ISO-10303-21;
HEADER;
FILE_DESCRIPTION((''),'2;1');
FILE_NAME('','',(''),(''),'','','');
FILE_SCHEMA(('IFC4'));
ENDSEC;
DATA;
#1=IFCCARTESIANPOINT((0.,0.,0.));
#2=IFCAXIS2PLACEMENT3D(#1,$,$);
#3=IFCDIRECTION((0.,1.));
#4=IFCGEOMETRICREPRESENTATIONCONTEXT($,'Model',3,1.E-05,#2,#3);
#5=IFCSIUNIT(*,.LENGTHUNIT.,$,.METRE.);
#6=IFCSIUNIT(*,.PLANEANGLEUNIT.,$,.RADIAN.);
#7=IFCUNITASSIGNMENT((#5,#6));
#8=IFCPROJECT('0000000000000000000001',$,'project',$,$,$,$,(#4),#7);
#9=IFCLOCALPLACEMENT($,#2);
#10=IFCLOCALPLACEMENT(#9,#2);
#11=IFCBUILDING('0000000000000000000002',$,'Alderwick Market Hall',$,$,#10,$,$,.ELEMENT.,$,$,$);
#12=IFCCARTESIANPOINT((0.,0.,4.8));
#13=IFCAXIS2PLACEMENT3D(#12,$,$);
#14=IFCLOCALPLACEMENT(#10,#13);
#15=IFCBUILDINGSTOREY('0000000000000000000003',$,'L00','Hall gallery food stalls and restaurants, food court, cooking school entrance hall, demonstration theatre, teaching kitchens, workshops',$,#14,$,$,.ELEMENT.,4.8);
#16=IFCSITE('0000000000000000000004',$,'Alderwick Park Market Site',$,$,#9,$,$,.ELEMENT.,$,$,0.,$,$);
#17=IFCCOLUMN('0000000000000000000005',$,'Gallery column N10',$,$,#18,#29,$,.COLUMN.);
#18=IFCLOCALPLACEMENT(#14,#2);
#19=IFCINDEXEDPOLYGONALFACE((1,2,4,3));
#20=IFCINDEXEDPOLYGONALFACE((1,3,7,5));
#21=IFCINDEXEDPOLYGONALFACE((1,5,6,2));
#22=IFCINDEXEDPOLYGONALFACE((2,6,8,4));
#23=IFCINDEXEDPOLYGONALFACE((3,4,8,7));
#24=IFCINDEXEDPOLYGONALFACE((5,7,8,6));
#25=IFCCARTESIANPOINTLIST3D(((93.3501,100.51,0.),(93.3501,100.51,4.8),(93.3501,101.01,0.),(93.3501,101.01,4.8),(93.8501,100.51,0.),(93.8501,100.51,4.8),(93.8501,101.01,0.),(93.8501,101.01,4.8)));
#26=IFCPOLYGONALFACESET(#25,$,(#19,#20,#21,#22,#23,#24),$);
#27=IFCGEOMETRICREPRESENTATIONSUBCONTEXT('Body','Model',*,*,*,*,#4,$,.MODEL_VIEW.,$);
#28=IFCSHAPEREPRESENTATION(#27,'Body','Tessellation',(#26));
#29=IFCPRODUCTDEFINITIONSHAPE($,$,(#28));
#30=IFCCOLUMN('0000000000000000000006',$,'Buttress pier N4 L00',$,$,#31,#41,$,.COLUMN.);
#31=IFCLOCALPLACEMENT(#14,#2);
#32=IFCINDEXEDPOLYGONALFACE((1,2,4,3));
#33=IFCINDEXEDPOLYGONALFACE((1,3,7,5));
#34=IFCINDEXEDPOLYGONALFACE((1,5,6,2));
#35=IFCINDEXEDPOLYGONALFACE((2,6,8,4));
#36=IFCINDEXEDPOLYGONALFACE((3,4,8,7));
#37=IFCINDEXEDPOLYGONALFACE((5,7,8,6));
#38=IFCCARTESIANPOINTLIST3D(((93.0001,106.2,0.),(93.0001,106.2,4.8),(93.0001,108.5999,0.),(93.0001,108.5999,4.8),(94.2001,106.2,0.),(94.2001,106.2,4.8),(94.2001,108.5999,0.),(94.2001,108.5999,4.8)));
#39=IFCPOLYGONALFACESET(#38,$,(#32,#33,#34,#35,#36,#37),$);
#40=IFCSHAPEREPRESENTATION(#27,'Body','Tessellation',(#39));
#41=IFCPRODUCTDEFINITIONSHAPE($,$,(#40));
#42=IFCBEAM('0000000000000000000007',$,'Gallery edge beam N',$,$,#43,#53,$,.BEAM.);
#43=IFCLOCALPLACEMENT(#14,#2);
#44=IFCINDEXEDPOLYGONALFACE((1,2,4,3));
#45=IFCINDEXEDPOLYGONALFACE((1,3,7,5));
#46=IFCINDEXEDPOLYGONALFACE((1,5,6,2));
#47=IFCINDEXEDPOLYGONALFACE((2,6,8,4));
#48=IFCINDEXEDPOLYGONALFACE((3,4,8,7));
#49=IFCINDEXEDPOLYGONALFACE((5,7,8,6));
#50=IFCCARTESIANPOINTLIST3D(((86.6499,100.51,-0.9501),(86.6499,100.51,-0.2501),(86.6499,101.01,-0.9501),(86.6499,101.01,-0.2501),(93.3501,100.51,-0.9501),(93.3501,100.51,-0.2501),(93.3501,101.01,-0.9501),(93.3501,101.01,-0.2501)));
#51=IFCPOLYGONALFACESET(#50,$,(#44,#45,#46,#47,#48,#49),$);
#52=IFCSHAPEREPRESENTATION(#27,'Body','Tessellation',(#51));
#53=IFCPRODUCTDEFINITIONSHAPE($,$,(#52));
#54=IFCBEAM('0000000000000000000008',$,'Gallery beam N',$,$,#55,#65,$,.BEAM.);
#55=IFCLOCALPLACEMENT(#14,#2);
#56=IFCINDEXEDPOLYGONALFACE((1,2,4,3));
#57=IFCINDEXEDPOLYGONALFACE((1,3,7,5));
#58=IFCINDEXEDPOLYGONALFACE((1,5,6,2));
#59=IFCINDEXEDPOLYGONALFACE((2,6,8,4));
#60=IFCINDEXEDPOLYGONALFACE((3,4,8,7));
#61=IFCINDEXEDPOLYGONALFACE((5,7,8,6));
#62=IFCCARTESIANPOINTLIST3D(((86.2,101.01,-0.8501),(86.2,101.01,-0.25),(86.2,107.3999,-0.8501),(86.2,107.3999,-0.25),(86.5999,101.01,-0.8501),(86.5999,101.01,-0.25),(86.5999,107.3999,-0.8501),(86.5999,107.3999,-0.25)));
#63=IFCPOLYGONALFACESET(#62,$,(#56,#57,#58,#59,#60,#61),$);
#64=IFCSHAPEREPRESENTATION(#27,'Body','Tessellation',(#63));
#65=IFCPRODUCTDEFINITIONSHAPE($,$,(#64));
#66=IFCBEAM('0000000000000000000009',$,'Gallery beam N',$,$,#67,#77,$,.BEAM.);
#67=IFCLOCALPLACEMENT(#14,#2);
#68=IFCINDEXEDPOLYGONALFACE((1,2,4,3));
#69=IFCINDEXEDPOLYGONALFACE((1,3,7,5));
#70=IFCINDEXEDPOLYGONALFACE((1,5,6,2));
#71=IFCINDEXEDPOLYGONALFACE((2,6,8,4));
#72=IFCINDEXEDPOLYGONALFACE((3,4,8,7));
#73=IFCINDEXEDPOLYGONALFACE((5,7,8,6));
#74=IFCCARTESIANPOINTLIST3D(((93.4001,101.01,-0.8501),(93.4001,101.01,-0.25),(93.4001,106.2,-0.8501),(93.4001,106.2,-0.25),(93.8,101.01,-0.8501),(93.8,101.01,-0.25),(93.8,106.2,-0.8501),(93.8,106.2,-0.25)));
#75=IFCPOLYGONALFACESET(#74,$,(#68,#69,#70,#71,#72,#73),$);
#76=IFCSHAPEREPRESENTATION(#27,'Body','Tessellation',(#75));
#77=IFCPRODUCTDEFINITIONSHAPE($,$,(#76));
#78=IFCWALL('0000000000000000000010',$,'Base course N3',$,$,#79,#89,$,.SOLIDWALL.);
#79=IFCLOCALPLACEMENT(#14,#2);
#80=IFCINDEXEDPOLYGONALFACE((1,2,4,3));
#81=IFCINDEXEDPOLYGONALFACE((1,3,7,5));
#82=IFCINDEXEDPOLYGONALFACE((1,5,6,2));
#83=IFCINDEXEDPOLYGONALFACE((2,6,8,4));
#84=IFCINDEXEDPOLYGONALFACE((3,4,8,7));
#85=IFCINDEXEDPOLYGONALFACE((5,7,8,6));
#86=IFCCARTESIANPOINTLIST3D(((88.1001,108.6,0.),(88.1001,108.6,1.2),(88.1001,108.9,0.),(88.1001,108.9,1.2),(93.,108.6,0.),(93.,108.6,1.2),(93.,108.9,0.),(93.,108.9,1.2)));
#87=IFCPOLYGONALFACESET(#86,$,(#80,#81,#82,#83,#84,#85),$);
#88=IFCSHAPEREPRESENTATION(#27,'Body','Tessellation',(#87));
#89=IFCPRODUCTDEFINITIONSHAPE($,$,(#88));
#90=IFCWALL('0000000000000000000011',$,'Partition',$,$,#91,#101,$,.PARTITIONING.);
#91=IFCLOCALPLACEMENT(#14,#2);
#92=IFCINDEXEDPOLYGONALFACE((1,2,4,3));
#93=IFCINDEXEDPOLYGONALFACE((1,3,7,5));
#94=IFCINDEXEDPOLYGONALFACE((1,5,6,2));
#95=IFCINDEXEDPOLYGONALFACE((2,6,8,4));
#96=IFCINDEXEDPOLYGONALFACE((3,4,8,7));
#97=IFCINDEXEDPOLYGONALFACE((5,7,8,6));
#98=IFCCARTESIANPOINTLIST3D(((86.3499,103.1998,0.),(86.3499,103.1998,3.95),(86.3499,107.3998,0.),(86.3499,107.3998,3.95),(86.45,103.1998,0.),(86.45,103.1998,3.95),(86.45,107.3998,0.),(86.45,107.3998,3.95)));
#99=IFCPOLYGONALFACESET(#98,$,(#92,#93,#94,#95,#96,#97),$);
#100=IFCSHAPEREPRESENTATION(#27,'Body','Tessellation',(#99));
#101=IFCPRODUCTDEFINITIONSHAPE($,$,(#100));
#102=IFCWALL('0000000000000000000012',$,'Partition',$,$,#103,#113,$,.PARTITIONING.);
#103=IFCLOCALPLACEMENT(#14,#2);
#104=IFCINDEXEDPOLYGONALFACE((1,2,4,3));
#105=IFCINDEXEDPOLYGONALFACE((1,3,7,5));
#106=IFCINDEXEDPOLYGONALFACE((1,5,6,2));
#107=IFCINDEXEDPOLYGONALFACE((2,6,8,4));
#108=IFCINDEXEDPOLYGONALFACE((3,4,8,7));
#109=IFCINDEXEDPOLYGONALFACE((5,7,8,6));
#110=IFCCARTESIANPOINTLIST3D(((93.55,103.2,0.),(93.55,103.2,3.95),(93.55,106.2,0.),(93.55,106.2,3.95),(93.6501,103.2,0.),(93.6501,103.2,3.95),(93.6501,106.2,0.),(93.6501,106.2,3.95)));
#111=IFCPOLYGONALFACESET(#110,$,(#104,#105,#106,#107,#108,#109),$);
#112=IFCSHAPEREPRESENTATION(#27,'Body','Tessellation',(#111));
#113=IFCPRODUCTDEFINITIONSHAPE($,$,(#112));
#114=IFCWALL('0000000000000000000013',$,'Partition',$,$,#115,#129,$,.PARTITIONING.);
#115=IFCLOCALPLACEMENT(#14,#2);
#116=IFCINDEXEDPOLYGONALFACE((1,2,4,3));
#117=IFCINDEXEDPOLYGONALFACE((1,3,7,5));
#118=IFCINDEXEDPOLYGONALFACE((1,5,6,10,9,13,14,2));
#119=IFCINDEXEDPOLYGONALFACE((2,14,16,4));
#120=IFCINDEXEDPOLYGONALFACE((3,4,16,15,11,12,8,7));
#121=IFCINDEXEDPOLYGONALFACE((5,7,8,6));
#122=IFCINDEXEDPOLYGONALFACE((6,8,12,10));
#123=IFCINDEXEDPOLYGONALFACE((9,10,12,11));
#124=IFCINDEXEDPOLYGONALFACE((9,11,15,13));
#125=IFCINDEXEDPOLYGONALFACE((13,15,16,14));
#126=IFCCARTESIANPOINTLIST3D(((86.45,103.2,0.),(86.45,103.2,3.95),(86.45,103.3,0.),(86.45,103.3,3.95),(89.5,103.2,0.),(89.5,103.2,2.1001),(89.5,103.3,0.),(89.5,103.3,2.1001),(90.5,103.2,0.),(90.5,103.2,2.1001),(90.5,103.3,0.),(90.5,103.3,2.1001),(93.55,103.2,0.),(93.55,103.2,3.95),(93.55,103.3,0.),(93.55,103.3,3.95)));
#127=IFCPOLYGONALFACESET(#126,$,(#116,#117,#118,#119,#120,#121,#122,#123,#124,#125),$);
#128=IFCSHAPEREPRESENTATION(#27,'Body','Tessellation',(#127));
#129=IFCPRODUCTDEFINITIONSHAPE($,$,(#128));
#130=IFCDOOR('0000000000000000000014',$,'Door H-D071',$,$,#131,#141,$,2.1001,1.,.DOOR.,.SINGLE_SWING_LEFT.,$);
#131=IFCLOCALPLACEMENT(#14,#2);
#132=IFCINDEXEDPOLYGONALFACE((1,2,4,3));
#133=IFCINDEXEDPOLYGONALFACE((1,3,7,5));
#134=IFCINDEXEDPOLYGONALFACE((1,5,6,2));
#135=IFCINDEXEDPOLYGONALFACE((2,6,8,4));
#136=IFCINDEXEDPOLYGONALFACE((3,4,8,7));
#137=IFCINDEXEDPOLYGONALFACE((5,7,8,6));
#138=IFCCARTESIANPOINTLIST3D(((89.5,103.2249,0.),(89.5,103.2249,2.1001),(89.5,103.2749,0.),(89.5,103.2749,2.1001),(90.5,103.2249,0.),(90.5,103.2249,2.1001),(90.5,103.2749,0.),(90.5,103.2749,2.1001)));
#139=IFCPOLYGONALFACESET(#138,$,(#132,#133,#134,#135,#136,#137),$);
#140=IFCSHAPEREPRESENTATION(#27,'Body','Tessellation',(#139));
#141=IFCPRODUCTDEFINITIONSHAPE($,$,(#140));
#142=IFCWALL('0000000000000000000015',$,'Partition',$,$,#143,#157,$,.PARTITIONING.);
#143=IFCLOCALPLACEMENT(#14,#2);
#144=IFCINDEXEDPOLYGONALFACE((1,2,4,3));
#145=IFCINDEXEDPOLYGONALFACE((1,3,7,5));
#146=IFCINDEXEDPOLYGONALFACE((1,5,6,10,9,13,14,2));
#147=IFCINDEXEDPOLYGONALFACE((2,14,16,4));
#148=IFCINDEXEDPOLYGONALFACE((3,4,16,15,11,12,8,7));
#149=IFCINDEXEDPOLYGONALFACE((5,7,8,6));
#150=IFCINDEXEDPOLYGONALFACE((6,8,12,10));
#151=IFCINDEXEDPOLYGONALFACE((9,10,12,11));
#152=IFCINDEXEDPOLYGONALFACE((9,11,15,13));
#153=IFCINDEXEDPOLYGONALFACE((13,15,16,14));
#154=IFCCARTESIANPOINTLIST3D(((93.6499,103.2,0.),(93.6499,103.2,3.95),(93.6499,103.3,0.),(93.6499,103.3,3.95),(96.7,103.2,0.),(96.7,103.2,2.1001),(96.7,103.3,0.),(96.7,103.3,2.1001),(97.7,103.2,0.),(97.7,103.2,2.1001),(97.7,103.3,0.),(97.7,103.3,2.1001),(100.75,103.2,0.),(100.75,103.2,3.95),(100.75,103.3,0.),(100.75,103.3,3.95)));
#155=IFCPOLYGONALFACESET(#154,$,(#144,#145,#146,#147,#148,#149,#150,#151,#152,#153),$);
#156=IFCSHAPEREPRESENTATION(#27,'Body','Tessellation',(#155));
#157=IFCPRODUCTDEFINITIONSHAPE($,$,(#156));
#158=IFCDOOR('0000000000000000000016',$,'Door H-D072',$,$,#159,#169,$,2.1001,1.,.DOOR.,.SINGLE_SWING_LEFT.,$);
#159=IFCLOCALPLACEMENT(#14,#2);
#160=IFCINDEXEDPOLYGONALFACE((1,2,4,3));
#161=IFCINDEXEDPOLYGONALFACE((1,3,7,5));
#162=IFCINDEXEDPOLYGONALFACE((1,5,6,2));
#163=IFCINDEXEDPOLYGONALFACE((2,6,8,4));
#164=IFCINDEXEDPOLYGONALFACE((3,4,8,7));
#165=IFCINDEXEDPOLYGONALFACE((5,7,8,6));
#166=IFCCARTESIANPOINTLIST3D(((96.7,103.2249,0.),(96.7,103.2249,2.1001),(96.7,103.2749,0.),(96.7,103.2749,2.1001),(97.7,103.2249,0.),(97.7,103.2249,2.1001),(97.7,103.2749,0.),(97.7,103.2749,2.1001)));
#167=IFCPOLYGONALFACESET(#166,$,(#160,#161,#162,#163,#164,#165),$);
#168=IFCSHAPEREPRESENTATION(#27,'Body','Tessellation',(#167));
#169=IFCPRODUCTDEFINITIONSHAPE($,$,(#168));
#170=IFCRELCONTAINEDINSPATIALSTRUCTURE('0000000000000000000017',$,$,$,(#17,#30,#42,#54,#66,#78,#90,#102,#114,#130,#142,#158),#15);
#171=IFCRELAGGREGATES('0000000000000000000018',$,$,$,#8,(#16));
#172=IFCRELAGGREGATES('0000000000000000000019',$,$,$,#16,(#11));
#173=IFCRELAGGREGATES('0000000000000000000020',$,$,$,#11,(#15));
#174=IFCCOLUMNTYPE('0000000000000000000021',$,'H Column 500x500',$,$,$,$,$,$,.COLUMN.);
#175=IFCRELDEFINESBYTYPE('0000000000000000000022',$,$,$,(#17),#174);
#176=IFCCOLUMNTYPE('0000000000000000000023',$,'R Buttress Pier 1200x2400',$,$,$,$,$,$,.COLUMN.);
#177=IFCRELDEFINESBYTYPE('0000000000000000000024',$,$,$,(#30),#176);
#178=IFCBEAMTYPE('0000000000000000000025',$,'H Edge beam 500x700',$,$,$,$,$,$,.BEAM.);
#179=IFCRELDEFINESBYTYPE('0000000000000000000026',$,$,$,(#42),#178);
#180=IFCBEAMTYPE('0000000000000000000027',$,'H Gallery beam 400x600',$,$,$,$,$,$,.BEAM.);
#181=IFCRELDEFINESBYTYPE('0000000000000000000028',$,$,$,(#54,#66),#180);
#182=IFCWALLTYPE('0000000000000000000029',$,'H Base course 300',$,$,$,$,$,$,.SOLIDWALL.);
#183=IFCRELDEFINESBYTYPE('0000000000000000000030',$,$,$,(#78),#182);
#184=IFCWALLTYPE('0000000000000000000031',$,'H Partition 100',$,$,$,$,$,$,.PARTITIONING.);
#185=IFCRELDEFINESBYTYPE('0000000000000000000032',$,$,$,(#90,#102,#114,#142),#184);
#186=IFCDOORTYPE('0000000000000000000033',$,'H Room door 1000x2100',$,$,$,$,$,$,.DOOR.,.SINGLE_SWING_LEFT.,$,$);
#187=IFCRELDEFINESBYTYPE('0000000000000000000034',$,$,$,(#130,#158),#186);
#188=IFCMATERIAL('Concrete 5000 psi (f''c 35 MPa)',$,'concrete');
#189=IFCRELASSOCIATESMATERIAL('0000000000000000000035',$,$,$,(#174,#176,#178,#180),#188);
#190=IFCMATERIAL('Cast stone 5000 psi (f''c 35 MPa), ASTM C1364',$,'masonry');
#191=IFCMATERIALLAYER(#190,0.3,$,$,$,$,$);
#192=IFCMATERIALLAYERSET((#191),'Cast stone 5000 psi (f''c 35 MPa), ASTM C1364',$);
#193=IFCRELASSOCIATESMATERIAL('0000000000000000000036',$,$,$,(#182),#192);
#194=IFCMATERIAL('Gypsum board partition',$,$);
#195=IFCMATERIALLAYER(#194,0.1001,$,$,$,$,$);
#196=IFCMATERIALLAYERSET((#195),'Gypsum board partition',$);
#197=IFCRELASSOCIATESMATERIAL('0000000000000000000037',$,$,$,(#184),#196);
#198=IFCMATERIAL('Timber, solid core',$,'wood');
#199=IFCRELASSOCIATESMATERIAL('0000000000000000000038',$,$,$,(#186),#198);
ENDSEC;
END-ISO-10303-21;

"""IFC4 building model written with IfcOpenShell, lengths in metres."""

from ifc_helpers import new_model, si_unit, direction, frame, frame_2d, origin, origin_2d, place, context, subcontext, project, spatial, rectangle, extrude, material, layer, layer_set, material_profile, profile_set, type_object, element, fill, save


model = new_model("IFC4")

# Units and contexts
model_context = context("Model", 3, precision=1e-05, world=origin(), true_north=direction((0.0, 1.0)))
body_context = subcontext(model_context, "Body", "Model", "MODEL_VIEW")
ifc_project = project(units=[si_unit("LENGTHUNIT", "METRE"), si_unit("PLANEANGLEUNIT", "RADIAN")], contexts=[model_context])

# Site, building, storey
site_placement = place(None, origin())
site = spatial("IfcSite", under=ifc_project, at=site_placement, Name="Alderwick Park Market Site", CompositionType="ELEMENT", RefElevation=0.0)
building_placement = place(site_placement, origin())
building = spatial("IfcBuilding", under=site, at=building_placement, Name="Alderwick Market Hall", CompositionType="ELEMENT")
storey_placement = place(building_placement, frame((0.0, 0.0, 4.8)))
storey = spatial("IfcBuildingStorey", under=building, at=storey_placement, Name="L00", Description="Hall gallery food stalls and restaurants, food court, cooking school entrance hall, demonstration theatre, teaching kitchens, workshops", CompositionType="ELEMENT", Elevation=4.8)

# Columns
ifc_material_1 = material(Name="Concrete 5000 psi (f'c 35 MPa)", Category="concrete")
ifc_material_profile_1 = material_profile(ifc_material_1, rectangle(XDim=0.5, YDim=0.5, at=origin_2d()), Name="RC 500x500")
ifc_profile_set_1 = profile_set([ifc_material_profile_1], Name="Concrete 5000 psi (f'c 35 MPa)")
column_type_1 = type_object("IfcColumnType", Name="H Column 500x500", PredefinedType="COLUMN", material=ifc_profile_set_1)
column_1_placement = place(storey_placement, frame((93.6001, 100.76, 0.0), z_axis=(0.0, 0.0, 1.0), x_axis=(1.0, 0.0, 0.0)))
element("IfcColumn", 1, at=column_1_placement, inside=storey, type_object=column_type_1, Name="Gallery column N10", PredefinedType="COLUMN", context=body_context, shape_type="SweptSolid", body=[
    extrude(rectangle(XDim=0.5, YDim=0.5, at=origin_2d()), origin(), (0.0, 0.0, 1.0), 4.8),
])
ifc_material_profile_2 = material_profile(ifc_material_1, rectangle(XDim=1.2, YDim=2.3999, at=origin_2d()), Name="RC 1200x2400")
ifc_profile_set_2 = profile_set([ifc_material_profile_2], Name="Concrete 5000 psi (f'c 35 MPa)")
column_type_2 = type_object("IfcColumnType", Name="R Buttress Pier 1200x2400", PredefinedType="COLUMN", material=ifc_profile_set_2)
column_2_placement = place(storey_placement, frame((93.6001, 107.3999, 0.0), z_axis=(0.0, 0.0, 1.0), x_axis=(1.0, 0.0, 0.0)))
element("IfcColumn", 2, at=column_2_placement, inside=storey, type_object=column_type_2, Name="Buttress pier N4 L00", PredefinedType="COLUMN", context=body_context, shape_type="SweptSolid", body=[
    extrude(rectangle(XDim=1.2, YDim=2.3999, at=origin_2d()), origin(), (0.0, 0.0, 1.0), 4.8),
])

# Beams
ifc_material_profile_3 = material_profile(ifc_material_1, rectangle(XDim=0.5, YDim=0.7, at=origin_2d()), Name="RC 500x700")
ifc_profile_set_3 = profile_set([ifc_material_profile_3], Name="Concrete 5000 psi (f'c 35 MPa)")
beam_type_1 = type_object("IfcBeamType", Name="H Edge beam 500x700", PredefinedType="BEAM", material=ifc_profile_set_3)
beam_1_placement = place(storey_placement, frame((86.6499, 100.76, -0.6001), z_axis=(1.0, 0.0, 0.0), x_axis=(0.0, 1.0, 0.0)))
element("IfcBeam", 3, at=beam_1_placement, inside=storey, type_object=beam_type_1, Name="Gallery edge beam N", PredefinedType="BEAM", context=body_context, shape_type="SweptSolid", body=[
    extrude(rectangle(XDim=0.5, YDim=0.7, at=origin_2d()), origin(), (0.0, 0.0, 1.0), 6.7002),
])
ifc_material_profile_4 = material_profile(ifc_material_1, rectangle(XDim=0.3999, YDim=0.6001, at=origin_2d()), Name="RC 400x600")
ifc_profile_set_4 = profile_set([ifc_material_profile_4], Name="Concrete 5000 psi (f'c 35 MPa)")
beam_type_2 = type_object("IfcBeamType", Name="H Gallery beam 400x600", PredefinedType="BEAM", material=ifc_profile_set_4)
beam_2_placement = place(storey_placement, frame((86.3999, 107.3999, -0.55), z_axis=(0.0, -1.0, 0.0), x_axis=(1.0, 0.0, 0.0)))
element("IfcBeam", 4, at=beam_2_placement, inside=storey, type_object=beam_type_2, Name="Gallery beam N", PredefinedType="BEAM", context=body_context, shape_type="SweptSolid", body=[
    extrude(rectangle(XDim=0.3999, YDim=0.6001, at=origin_2d()), origin(), (0.0, 0.0, 1.0), 6.3899),
])
beam_3_placement = place(storey_placement, frame((93.6001, 106.2, -0.55), z_axis=(0.0, -1.0, 0.0), x_axis=(1.0, 0.0, 0.0)))
element("IfcBeam", 5, at=beam_3_placement, inside=storey, type_object=beam_type_2, Name="Gallery beam N", PredefinedType="BEAM", context=body_context, shape_type="SweptSolid", body=[
    extrude(rectangle(XDim=0.3999, YDim=0.6001, at=origin_2d()), origin(), (0.0, 0.0, 1.0), 5.1899),
])

# Walls
ifc_material_2 = material(Name="Cast stone 5000 psi (f'c 35 MPa), ASTM C1364", Category="masonry")
ifc_layer_1 = layer(ifc_material_2, 0.3)
ifc_layer_set_1 = layer_set([ifc_layer_1], Name="Cast stone 5000 psi (f'c 35 MPa), ASTM C1364")
wall_type_1 = type_object("IfcWallType", Name="H Base course 300", PredefinedType="SOLIDWALL", material=ifc_layer_set_1)
wall_1_placement = place(storey_placement, frame((88.1001, 108.75, 0.0), z_axis=(0.0, 0.0, 1.0), x_axis=(1.0, 0.0, 0.0)))
element("IfcWall", 6, at=wall_1_placement, inside=storey, type_object=wall_type_1, Name="Base course N3", PredefinedType="SOLIDWALL", context=body_context, shape_type="SweptSolid", body=[
    extrude(rectangle(XDim=4.8999, YDim=0.3, at=frame_2d((2.45, 0.0))), origin(), (0.0, 0.0, 1.0), 1.2),
])
ifc_material_3 = material(Name="Gypsum board partition")
ifc_layer_2 = layer(ifc_material_3, 0.1001)
ifc_layer_set_2 = layer_set([ifc_layer_2], Name="Gypsum board partition")
wall_type_2 = type_object("IfcWallType", Name="H Partition 100", PredefinedType="PARTITIONING", material=ifc_layer_set_2)
wall_2_placement = place(storey_placement, frame((86.3999, 107.3999, 0.0), z_axis=(0.0, 0.0, 1.0), x_axis=(0.0, -1.0, 0.0)))
element("IfcWall", 7, at=wall_2_placement, inside=storey, type_object=wall_type_2, Name="Partition", PredefinedType="PARTITIONING", context=body_context, shape_type="SweptSolid", body=[
    extrude(rectangle(XDim=4.2, YDim=0.1001, at=frame_2d((2.1001, 0.0))), origin(), (0.0, 0.0, 1.0), 3.95),
])
wall_3_placement = place(storey_placement, frame((93.6001, 106.2, 0.0), z_axis=(0.0, 0.0, 1.0), x_axis=(0.0, -1.0, 0.0)))
element("IfcWall", 8, at=wall_3_placement, inside=storey, type_object=wall_type_2, Name="Partition", PredefinedType="PARTITIONING", context=body_context, shape_type="SweptSolid", body=[
    extrude(rectangle(XDim=3.0, YDim=0.1001, at=frame_2d((1.5, 0.0))), origin(), (0.0, 0.0, 1.0), 3.95),
])

# Walls, openings, doors
wall_4_placement = place(storey_placement, frame((86.45, 103.25, 0.0), z_axis=(0.0, 0.0, 1.0), x_axis=(1.0, 0.0, 0.0)))
wall_4 = element("IfcWall", 9, at=wall_4_placement, inside=storey, type_object=wall_type_2, Name="Partition", PredefinedType="PARTITIONING", context=body_context, shape_type="SweptSolid", body=[
    extrude(rectangle(XDim=7.1001, YDim=0.1001, at=frame_2d((3.55, 0.0))), origin(), (0.0, 0.0, 1.0), 3.95),
])
opening_1_placement = place(wall_4_placement, frame((3.05, 0.0, 0.0)))
opening_1 = element("IfcOpeningElement", 10, at=opening_1_placement, cuts=wall_4, PredefinedType="OPENING", context=body_context, shape_type="SweptSolid", body=[
    extrude(rectangle(XDim=1.0, YDim=2.1001, at=frame_2d((0.5, 1.05))), frame((0.0, 0.0601, 0.0), z_axis=(0.0, -1.0, 0.0), x_axis=(1.0, 0.0, 0.0)), (0.0, 0.0, 1.0), 0.1201),
])
ifc_material_4 = material(Name="Timber, solid core", Category="wood")
door_type = type_object("IfcDoorType", Name="H Room door 1000x2100", OperationType="SINGLE_SWING_LEFT", PredefinedType="DOOR", material=ifc_material_4)
door_1_placement = place(opening_1_placement, origin())
door_1 = element("IfcDoor", 11, at=door_1_placement, inside=storey, type_object=door_type, Name="Door H-D071", OperationType="SINGLE_SWING_LEFT", OverallHeight=2.1001, OverallWidth=1.0, PredefinedType="DOOR", context=body_context, shape_type="SweptSolid", body=[
    extrude(rectangle(XDim=1.0, YDim=2.1001, at=frame_2d((0.5, 1.05))), frame((0.0, 0.0249, 0.0), z_axis=(0.0, -1.0, 0.0), x_axis=(1.0, 0.0, 0.0)), (0.0, 0.0, 1.0), 0.05),
])
fill(opening_1, door_1)
wall_5_placement = place(storey_placement, frame((93.6499, 103.25, 0.0), z_axis=(0.0, 0.0, 1.0), x_axis=(1.0, 0.0, 0.0)))
wall_5 = element("IfcWall", 12, at=wall_5_placement, inside=storey, type_object=wall_type_2, Name="Partition", PredefinedType="PARTITIONING", context=body_context, shape_type="SweptSolid", body=[
    extrude(rectangle(XDim=7.1001, YDim=0.1001, at=frame_2d((3.55, 0.0))), origin(), (0.0, 0.0, 1.0), 3.95),
])
opening_2_placement = place(wall_5_placement, frame((3.05, 0.0, 0.0)))
opening_2 = element("IfcOpeningElement", 13, at=opening_2_placement, cuts=wall_5, PredefinedType="OPENING", context=body_context, shape_type="SweptSolid", body=[
    extrude(rectangle(XDim=1.0, YDim=2.1001, at=frame_2d((0.5, 1.05))), frame((0.0, 0.0601, 0.0), z_axis=(0.0, -1.0, 0.0), x_axis=(1.0, 0.0, 0.0)), (0.0, 0.0, 1.0), 0.1201),
])
door_2_placement = place(opening_2_placement, origin())
door_2 = element("IfcDoor", 14, at=door_2_placement, inside=storey, type_object=door_type, Name="Door H-D072", OperationType="SINGLE_SWING_LEFT", OverallHeight=2.1001, OverallWidth=1.0, PredefinedType="DOOR", context=body_context, shape_type="SweptSolid", body=[
    extrude(rectangle(XDim=1.0, YDim=2.1001, at=frame_2d((0.5, 1.05))), frame((0.0, 0.0249, 0.0), z_axis=(0.0, -1.0, 0.0), x_axis=(1.0, 0.0, 0.0)), (0.0, 0.0, 1.0), 0.05),
])
fill(opening_2, door_2)

save(model, "model.ifc")
